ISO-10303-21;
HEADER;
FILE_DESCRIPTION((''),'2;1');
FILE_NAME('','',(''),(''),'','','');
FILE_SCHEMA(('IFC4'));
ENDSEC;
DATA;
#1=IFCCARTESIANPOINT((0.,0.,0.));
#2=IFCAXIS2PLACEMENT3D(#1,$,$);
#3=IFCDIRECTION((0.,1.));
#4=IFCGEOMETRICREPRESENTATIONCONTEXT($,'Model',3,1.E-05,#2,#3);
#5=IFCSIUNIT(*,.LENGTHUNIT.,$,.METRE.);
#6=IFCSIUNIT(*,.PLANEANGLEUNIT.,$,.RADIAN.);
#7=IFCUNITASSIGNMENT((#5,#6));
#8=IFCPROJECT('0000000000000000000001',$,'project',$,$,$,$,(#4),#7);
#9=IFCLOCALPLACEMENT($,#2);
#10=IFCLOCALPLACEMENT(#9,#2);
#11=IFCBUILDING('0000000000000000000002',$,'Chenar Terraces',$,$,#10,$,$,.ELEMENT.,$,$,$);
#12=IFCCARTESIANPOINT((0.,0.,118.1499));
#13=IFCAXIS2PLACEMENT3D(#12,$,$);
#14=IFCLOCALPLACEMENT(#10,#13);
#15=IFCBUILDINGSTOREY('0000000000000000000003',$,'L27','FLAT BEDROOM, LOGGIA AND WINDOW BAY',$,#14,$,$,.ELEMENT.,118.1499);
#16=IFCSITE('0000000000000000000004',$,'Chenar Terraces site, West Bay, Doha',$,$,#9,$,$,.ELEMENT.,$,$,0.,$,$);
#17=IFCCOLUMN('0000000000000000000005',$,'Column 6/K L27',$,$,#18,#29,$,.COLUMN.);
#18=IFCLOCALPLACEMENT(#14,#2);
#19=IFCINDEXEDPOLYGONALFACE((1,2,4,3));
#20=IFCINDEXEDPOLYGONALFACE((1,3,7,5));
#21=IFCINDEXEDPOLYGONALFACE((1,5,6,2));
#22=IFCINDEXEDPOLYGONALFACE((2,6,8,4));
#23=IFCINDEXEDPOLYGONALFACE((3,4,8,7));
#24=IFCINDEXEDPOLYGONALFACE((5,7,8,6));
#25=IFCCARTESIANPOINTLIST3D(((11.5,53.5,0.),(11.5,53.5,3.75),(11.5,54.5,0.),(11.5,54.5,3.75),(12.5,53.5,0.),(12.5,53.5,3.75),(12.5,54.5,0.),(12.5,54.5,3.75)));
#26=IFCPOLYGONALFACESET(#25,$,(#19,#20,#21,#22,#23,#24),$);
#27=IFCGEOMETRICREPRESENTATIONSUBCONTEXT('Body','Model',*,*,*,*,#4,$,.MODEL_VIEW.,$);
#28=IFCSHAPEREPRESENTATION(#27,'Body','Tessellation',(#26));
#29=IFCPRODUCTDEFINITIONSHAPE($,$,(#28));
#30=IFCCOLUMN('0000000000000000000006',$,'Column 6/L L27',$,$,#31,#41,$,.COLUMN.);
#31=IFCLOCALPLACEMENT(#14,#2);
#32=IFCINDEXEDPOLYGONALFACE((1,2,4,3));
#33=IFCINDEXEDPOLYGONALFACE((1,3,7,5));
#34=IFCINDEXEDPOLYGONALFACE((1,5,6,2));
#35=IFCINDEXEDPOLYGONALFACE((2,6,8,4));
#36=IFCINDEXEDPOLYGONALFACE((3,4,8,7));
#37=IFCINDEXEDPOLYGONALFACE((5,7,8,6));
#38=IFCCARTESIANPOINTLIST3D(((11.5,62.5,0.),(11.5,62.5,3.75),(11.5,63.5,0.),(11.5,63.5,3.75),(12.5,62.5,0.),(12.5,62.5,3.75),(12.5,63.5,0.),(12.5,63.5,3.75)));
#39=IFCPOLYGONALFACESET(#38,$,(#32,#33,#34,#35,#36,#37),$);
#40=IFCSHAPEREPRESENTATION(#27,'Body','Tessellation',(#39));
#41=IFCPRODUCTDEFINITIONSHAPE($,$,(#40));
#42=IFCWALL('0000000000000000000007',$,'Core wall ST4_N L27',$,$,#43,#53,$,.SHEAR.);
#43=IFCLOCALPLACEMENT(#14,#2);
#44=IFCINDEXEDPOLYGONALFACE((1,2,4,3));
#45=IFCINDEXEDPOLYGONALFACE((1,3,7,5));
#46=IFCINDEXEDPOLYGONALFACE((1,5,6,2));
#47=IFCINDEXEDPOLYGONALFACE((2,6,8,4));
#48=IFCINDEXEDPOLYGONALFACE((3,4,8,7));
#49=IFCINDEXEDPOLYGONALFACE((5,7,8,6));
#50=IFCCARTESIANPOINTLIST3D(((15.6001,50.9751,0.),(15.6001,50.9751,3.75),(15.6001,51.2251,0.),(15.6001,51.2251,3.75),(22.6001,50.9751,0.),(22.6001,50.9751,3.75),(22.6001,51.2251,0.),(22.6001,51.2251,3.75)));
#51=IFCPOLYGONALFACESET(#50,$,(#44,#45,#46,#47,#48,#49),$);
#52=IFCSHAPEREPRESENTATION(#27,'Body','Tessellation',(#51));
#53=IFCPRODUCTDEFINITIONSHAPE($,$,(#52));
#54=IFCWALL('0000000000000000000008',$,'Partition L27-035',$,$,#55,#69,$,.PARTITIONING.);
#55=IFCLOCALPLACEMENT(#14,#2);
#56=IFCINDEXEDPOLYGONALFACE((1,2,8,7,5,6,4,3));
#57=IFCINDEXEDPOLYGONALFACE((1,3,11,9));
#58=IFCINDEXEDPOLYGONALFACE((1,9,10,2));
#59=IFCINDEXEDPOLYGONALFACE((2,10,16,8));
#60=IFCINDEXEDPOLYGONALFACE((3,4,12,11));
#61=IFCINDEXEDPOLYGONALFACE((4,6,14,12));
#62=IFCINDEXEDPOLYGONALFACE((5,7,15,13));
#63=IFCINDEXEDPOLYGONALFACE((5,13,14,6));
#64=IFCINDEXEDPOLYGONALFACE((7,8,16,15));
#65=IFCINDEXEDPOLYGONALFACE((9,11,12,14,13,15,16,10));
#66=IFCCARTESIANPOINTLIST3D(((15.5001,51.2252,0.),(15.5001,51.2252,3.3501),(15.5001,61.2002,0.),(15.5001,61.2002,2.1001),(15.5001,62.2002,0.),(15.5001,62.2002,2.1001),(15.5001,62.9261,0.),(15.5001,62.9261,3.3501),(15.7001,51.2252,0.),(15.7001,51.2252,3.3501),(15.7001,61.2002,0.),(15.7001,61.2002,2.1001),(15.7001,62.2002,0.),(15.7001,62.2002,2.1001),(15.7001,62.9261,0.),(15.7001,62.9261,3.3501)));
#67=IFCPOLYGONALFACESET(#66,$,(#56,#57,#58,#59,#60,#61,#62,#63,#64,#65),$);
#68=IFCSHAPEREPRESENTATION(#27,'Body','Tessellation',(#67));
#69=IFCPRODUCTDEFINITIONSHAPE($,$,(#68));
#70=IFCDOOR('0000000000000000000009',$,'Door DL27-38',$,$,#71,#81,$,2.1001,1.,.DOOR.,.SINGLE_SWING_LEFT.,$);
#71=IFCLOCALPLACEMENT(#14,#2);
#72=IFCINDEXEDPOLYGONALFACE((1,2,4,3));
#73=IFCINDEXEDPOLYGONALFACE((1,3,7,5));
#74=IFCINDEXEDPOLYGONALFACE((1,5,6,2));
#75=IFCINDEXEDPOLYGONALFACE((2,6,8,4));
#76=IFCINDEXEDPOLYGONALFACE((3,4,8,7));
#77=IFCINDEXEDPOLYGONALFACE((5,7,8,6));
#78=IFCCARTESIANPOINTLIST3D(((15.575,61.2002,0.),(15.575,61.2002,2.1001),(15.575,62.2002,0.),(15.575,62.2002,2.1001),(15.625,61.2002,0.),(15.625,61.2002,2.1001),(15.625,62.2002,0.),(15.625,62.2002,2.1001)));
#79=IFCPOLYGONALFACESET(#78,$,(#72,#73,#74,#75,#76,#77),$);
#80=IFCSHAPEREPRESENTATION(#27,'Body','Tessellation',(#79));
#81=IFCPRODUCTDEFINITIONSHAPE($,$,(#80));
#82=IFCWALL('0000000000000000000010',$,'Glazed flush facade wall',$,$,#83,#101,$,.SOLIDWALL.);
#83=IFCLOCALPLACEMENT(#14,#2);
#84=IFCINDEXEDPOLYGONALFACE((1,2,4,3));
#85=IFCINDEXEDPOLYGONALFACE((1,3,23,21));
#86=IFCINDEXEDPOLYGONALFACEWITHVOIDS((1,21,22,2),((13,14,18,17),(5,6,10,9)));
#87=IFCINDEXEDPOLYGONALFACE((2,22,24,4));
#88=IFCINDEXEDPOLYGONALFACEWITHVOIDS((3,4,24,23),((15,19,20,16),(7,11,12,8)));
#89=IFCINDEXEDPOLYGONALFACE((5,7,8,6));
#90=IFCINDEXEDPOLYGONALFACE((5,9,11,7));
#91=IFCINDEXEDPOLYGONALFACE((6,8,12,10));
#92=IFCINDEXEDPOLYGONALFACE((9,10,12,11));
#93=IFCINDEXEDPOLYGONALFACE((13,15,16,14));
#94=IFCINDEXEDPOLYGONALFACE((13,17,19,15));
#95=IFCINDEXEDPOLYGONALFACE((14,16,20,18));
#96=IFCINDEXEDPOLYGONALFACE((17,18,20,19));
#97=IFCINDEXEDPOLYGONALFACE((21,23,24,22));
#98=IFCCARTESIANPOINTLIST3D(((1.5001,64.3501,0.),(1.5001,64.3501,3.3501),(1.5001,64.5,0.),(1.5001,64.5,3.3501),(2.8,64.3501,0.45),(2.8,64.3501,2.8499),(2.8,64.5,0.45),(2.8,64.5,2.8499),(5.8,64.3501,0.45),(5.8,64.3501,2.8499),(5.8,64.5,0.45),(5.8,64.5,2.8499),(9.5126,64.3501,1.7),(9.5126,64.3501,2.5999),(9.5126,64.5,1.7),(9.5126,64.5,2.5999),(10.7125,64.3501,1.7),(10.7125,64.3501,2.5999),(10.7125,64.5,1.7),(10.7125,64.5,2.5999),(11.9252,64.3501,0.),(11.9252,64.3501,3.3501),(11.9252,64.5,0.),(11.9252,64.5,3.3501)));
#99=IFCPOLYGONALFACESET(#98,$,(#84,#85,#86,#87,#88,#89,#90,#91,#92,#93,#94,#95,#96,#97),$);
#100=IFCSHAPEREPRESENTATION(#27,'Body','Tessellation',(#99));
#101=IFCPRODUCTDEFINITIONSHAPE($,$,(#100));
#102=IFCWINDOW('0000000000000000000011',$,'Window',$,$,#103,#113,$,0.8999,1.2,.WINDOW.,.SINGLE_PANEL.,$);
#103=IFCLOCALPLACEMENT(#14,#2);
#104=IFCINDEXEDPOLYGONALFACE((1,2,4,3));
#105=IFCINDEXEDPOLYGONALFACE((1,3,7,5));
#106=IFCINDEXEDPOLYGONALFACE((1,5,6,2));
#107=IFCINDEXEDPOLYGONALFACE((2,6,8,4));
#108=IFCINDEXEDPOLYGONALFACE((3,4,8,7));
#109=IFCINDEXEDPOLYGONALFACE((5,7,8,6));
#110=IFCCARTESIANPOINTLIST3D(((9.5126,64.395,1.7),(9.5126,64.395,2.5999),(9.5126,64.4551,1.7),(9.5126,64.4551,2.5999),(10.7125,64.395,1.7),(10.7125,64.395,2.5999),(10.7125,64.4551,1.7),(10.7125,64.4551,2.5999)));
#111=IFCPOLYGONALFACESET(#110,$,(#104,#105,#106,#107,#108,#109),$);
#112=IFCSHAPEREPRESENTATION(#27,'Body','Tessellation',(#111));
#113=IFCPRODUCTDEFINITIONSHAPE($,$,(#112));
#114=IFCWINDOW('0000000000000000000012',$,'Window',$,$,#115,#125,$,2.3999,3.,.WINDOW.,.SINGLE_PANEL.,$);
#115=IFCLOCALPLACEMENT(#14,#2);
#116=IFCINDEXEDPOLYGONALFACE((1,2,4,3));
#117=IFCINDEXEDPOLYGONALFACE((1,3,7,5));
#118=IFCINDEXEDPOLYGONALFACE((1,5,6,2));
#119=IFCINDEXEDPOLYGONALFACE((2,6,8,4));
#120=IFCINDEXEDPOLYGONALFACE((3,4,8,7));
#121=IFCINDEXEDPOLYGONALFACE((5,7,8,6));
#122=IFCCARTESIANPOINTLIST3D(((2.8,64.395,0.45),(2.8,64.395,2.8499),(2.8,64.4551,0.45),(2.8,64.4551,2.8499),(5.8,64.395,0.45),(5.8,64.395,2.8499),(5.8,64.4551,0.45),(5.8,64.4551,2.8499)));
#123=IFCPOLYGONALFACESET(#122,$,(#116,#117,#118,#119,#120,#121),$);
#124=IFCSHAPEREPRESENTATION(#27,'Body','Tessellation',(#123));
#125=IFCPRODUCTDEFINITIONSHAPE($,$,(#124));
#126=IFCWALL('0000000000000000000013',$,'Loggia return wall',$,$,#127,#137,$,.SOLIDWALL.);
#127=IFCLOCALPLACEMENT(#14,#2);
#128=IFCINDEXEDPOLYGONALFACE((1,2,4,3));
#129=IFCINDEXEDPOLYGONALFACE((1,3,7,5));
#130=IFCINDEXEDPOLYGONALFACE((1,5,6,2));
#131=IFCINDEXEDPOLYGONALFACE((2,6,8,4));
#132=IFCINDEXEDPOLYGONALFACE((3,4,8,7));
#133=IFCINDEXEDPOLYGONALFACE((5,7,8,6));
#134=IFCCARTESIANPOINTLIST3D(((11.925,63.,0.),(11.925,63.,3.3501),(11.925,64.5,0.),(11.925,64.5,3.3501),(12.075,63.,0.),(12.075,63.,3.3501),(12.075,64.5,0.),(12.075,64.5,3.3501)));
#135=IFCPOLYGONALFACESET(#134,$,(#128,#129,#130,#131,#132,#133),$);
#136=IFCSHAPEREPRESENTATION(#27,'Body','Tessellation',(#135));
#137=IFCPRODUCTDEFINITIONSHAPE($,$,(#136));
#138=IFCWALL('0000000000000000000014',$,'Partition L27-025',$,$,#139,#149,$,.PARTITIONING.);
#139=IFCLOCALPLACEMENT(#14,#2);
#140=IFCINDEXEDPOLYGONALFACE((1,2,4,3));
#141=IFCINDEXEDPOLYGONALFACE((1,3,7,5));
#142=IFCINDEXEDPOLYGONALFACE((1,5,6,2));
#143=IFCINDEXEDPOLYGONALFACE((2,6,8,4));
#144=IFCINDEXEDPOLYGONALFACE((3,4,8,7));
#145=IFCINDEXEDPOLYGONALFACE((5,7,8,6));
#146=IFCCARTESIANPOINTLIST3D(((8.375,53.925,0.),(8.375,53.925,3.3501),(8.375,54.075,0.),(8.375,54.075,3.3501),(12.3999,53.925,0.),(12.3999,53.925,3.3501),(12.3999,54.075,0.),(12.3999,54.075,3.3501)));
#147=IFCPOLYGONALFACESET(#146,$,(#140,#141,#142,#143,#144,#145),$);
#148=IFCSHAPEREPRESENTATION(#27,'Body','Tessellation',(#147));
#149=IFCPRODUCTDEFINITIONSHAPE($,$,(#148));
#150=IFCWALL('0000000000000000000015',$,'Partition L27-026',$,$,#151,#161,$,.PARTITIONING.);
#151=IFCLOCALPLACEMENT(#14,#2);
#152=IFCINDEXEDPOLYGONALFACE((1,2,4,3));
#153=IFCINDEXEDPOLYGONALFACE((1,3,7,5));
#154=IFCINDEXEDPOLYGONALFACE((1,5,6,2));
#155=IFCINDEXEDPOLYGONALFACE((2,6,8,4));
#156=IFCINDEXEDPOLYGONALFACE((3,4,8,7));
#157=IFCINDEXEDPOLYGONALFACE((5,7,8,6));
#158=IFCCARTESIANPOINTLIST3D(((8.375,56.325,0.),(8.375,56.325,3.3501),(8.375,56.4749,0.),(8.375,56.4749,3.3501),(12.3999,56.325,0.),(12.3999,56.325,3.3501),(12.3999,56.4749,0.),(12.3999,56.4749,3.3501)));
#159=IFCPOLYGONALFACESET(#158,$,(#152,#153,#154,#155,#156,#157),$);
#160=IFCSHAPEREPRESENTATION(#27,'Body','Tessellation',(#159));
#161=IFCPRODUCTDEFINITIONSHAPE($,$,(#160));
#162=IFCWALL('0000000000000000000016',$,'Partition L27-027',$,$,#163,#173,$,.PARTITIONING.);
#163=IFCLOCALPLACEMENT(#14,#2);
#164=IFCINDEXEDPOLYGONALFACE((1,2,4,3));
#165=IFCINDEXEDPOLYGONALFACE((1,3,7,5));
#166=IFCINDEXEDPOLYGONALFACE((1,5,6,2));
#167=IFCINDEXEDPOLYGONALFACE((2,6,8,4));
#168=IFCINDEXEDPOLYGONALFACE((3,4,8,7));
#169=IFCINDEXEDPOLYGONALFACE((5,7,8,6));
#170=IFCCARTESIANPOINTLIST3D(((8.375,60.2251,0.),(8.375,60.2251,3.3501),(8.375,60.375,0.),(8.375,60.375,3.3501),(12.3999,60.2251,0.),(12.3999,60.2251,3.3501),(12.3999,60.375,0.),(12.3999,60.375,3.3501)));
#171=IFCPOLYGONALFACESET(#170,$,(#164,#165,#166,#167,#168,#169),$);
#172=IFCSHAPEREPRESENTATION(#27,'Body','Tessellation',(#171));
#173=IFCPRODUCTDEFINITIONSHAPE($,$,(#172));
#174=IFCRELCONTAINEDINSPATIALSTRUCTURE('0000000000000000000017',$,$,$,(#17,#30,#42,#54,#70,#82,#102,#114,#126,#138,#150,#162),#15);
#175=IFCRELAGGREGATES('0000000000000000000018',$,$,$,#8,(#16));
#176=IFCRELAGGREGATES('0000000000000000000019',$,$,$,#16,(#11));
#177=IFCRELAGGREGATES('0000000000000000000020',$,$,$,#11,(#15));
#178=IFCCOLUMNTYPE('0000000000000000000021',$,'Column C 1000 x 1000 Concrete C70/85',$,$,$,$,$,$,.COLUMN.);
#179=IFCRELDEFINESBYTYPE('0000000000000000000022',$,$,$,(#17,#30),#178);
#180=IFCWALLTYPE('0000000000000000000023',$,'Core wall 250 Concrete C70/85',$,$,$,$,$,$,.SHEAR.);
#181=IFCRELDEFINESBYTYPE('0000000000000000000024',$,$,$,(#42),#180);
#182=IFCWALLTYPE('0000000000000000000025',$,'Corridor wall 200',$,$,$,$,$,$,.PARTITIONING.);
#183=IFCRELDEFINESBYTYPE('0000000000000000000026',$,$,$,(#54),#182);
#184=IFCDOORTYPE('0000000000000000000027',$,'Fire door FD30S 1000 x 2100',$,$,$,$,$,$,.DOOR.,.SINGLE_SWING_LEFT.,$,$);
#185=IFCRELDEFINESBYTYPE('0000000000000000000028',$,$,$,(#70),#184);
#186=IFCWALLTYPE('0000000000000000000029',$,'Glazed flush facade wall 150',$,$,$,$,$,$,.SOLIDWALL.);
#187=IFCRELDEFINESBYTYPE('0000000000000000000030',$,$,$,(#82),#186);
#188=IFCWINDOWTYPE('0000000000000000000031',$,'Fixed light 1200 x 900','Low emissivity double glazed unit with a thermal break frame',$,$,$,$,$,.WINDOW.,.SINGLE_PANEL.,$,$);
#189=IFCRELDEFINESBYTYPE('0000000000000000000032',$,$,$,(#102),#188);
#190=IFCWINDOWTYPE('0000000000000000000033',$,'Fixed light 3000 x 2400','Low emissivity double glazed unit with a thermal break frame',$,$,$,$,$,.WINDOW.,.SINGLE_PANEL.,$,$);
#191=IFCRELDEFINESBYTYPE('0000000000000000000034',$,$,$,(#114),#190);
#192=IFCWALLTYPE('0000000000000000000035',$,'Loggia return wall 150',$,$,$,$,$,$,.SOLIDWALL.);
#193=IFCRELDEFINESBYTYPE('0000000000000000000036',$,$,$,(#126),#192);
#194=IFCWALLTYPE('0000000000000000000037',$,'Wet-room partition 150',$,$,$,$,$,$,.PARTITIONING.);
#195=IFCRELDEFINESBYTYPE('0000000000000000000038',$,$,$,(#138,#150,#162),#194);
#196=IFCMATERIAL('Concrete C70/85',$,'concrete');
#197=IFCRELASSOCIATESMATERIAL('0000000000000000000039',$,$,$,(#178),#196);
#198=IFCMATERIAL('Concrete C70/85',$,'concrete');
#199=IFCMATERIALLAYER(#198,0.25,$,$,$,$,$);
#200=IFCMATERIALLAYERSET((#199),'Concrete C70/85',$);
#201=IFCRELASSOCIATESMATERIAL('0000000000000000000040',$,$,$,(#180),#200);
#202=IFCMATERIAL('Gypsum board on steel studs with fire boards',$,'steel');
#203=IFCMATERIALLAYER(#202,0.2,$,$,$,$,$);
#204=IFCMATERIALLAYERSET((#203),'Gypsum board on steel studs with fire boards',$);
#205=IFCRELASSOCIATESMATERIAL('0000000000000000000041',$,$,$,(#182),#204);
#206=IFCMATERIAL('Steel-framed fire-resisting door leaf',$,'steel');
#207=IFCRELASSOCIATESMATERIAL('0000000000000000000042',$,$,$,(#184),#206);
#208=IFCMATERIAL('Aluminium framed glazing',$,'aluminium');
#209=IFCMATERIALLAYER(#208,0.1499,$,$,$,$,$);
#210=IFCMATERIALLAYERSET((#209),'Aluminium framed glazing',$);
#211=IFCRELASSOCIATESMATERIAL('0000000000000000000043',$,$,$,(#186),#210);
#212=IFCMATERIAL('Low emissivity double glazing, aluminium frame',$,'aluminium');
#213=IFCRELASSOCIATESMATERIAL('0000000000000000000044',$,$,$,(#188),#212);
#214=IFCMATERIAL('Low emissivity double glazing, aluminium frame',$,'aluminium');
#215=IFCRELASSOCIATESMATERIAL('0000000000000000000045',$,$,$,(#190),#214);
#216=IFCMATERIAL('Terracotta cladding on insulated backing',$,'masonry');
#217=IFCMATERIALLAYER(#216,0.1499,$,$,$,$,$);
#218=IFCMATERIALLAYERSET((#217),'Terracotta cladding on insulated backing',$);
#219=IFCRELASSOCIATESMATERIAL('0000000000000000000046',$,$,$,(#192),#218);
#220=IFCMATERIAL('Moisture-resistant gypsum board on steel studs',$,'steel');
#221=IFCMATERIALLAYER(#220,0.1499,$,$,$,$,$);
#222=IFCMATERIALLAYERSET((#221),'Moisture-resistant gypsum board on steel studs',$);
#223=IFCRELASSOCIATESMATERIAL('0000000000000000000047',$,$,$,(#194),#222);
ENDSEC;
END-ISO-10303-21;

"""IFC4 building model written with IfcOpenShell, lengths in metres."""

from ifc_helpers import new_model, si_unit, direction, frame, frame_2d, origin, origin_2d, place, context, subcontext, project, spatial, rectangle, extrude, material, layer, layer_set, material_profile, profile_set, type_object, element, fill, save


model = new_model("IFC4")

# Units and contexts
model_context = context("Model", 3, precision=1e-05, world=origin(), true_north=direction((0.0, 1.0)))
body_context = subcontext(model_context, "Body", "Model", "MODEL_VIEW")
ifc_project = project(units=[si_unit("LENGTHUNIT", "METRE"), si_unit("PLANEANGLEUNIT", "RADIAN")], contexts=[model_context])

# Site, building, storey
site_placement = place(None, origin())
site = spatial("IfcSite", under=ifc_project, at=site_placement, Name="Chenar Terraces site, West Bay, Doha", CompositionType="ELEMENT", RefElevation=0.0)
building_placement = place(site_placement, origin())
building = spatial("IfcBuilding", under=site, at=building_placement, Name="Chenar Terraces", CompositionType="ELEMENT")
storey_placement = place(building_placement, frame((0.0, 0.0, 118.1499)))
storey = spatial("IfcBuildingStorey", under=building, at=storey_placement, Name="L27", Description="FLAT BEDROOM, LOGGIA AND WINDOW BAY", CompositionType="ELEMENT", Elevation=118.1499)

# Columns
ifc_material_1 = material(Name="Concrete C70/85", Category="concrete")
ifc_material_profile = material_profile(ifc_material_1, rectangle(XDim=1.0, YDim=1.0, at=origin_2d()), Name="C 1000 x 1000")
ifc_profile_set = profile_set([ifc_material_profile], Name="Concrete C70/85")
column_type = type_object("IfcColumnType", Name="Column C 1000 x 1000 Concrete C70/85", PredefinedType="COLUMN", material=ifc_profile_set)
for number, where, z_axis, x_axis, name in (
    (1, (12.0, 54.0, 0.0), (0.0, 0.0, 1.0), (1.0, 0.0, 0.0), "Column 6/K L27"),
    (2, (12.0, 63.0, 0.0), (0.0, 0.0, 1.0), (1.0, 0.0, 0.0), "Column 6/L L27"),
):
    element("IfcColumn", number, at=place(storey_placement, frame(where, z_axis=z_axis, x_axis=x_axis)), inside=storey, type_object=column_type, Name=name, PredefinedType="COLUMN", context=body_context, shape_type="SweptSolid", body=[
        extrude(rectangle(XDim=1.0, YDim=1.0, at=origin_2d()), origin(), (0.0, 0.0, 1.0), 3.75),
    ])

# Wall
ifc_material_2 = material(Name="Concrete C70/85", Category="concrete")
ifc_layer_1 = layer(ifc_material_2, 0.25)
ifc_layer_set_1 = layer_set([ifc_layer_1], Name="Concrete C70/85")
wall_type_1 = type_object("IfcWallType", Name="Core wall 250 Concrete C70/85", PredefinedType="SHEAR", material=ifc_layer_set_1)
wall_1_placement = place(storey_placement, frame((15.6001, 51.1001, 0.0), z_axis=(0.0, 0.0, 1.0), x_axis=(1.0, 0.0, 0.0)))
element("IfcWall", 3, at=wall_1_placement, inside=storey, type_object=wall_type_1, Name="Core wall ST4_N L27", PredefinedType="SHEAR", context=body_context, shape_type="SweptSolid", body=[
    extrude(rectangle(XDim=7.0, YDim=0.25, at=frame_2d((3.5, 0.0))), origin(), (0.0, 0.0, 1.0), 3.75),
])

# Wall, opening, door
ifc_material_3 = material(Name="Gypsum board on steel studs with fire boards", Category="steel")
ifc_layer_2 = layer(ifc_material_3, 0.2)
ifc_layer_set_2 = layer_set([ifc_layer_2], Name="Gypsum board on steel studs with fire boards")
wall_type_2 = type_object("IfcWallType", Name="Corridor wall 200", PredefinedType="PARTITIONING", material=ifc_layer_set_2)
wall_2_placement = place(storey_placement, frame((15.6001, 51.2251, 0.0), z_axis=(0.0, 0.0, 1.0), x_axis=(0.0, 1.0, 0.0)))
wall_2 = element("IfcWall", 4, at=wall_2_placement, inside=storey, type_object=wall_type_2, Name="Partition L27-035", PredefinedType="PARTITIONING", context=body_context, shape_type="SweptSolid", body=[
    extrude(rectangle(XDim=11.7009, YDim=0.2, at=frame_2d((5.8506, 0.0))), origin(), (0.0, 0.0, 1.0), 3.3501),
])
opening_1_placement = place(wall_2_placement, frame((9.9751, 0.0, 0.0)))
opening_1 = element("IfcOpeningElement", 5, at=opening_1_placement, cuts=wall_2, PredefinedType="OPENING", context=body_context, shape_type="SweptSolid", body=[
    extrude(rectangle(XDim=1.0, YDim=2.1001, at=frame_2d((0.5, 1.05))), frame((0.0, 0.1099, 0.0), z_axis=(0.0, -1.0, 0.0), x_axis=(1.0, 0.0, 0.0)), (0.0, 0.0, 1.0), 0.22),
])
ifc_material_4 = material(Name="Steel-framed fire-resisting door leaf", Category="steel")
door_type = type_object("IfcDoorType", Name="Fire door FD30S 1000 x 2100", OperationType="SINGLE_SWING_LEFT", PredefinedType="DOOR", material=ifc_material_4)
door_placement = place(opening_1_placement, frame((1.0, 0.0, 0.0), z_axis=(0.0, 0.0, 1.0), x_axis=(-1.0, 0.0, 0.0)))
door = element("IfcDoor", 6, at=door_placement, inside=storey, type_object=door_type, Name="Door DL27-38", OperationType="SINGLE_SWING_LEFT", OverallHeight=2.1001, OverallWidth=1.0, PredefinedType="DOOR", context=body_context, shape_type="SweptSolid", body=[
    extrude(rectangle(XDim=1.0, YDim=2.1001, at=frame_2d((0.5, 1.05))), frame((0.0, 0.0249, 0.0), z_axis=(0.0, -1.0, 0.0), x_axis=(1.0, 0.0, 0.0)), (0.0, 0.0, 1.0), 0.05),
])
fill(opening_1, door)

# Wall, openings, windows
ifc_material_5 = material(Name="Aluminium framed glazing", Category="aluminium")
ifc_layer_3 = layer(ifc_material_5, 0.1499)
ifc_layer_set_3 = layer_set([ifc_layer_3], Name="Aluminium framed glazing")
wall_type_3 = type_object("IfcWallType", Name="Glazed flush facade wall 150", PredefinedType="SOLIDWALL", material=ifc_layer_set_3)
wall_3_placement = place(storey_placement, frame((11.925, 64.425, 0.0), z_axis=(0.0, 0.0, 1.0), x_axis=(-1.0, 0.0, 0.0)))
wall_3 = element("IfcWall", 7, at=wall_3_placement, inside=storey, type_object=wall_type_3, Name="Glazed flush facade wall", PredefinedType="SOLIDWALL", context=body_context, shape_type="SweptSolid", body=[
    extrude(rectangle(XDim=10.425, YDim=0.1499, at=frame_2d((5.2124, 0.0))), origin(), (0.0, 0.0, 1.0), 3.3501),
])
opening_2_placement = place(wall_3_placement, frame((1.2124, 0.0, 1.7)))
opening_2 = element("IfcOpeningElement", 8, at=opening_2_placement, cuts=wall_3, PredefinedType="OPENING", context=body_context, shape_type="SweptSolid", body=[
    extrude(rectangle(XDim=1.2, YDim=0.8999, at=frame_2d((0.6001, 0.45))), frame((0.0, 0.085, 0.0), z_axis=(0.0, -1.0, 0.0), x_axis=(1.0, 0.0, 0.0)), (0.0, 0.0, 1.0), 0.1699),
])
opening_3_placement = place(wall_3_placement, frame((6.125, 0.0, 0.45)))
opening_3 = element("IfcOpeningElement", 9, at=opening_3_placement, cuts=wall_3, PredefinedType="OPENING", context=body_context, shape_type="SweptSolid", body=[
    extrude(rectangle(XDim=3.0, YDim=2.3999, at=frame_2d((1.5, 1.2))), frame((0.0, 0.085, 0.0), z_axis=(0.0, -1.0, 0.0), x_axis=(1.0, 0.0, 0.0)), (0.0, 0.0, 1.0), 0.1699),
])
ifc_material_6 = material(Name="Low emissivity double glazing, aluminium frame", Category="aluminium")
window_type_1 = type_object("IfcWindowType", Name="Fixed light 1200 x 900", Description="Low emissivity double glazed unit with a thermal break frame", PartitioningType="SINGLE_PANEL", PredefinedType="WINDOW", material=ifc_material_6)
window_1_placement = place(opening_2_placement, origin())
window_1 = element("IfcWindow", 10, at=window_1_placement, inside=storey, type_object=window_type_1, Name="Window", OverallHeight=0.8999, OverallWidth=1.2, PartitioningType="SINGLE_PANEL", PredefinedType="WINDOW", context=body_context, shape_type="SweptSolid", body=[
    extrude(rectangle(XDim=1.2, YDim=0.8999, at=frame_2d((0.6001, 0.45))), frame((0.0, 0.03, 0.0), z_axis=(0.0, -1.0, 0.0), x_axis=(1.0, 0.0, 0.0)), (0.0, 0.0, 1.0), 0.0601),
])
fill(opening_2, window_1)
ifc_material_7 = material(Name="Low emissivity double glazing, aluminium frame", Category="aluminium")
window_type_2 = type_object("IfcWindowType", Name="Fixed light 3000 x 2400", Description="Low emissivity double glazed unit with a thermal break frame", PartitioningType="SINGLE_PANEL", PredefinedType="WINDOW", material=ifc_material_7)
window_2_placement = place(opening_3_placement, origin())
window_2 = element("IfcWindow", 11, at=window_2_placement, inside=storey, type_object=window_type_2, Name="Window", OverallHeight=2.3999, OverallWidth=3.0, PartitioningType="SINGLE_PANEL", PredefinedType="WINDOW", context=body_context, shape_type="SweptSolid", body=[
    extrude(rectangle(XDim=3.0, YDim=2.3999, at=frame_2d((1.5, 1.2))), frame((0.0, 0.03, 0.0), z_axis=(0.0, -1.0, 0.0), x_axis=(1.0, 0.0, 0.0)), (0.0, 0.0, 1.0), 0.0601),
])
fill(opening_3, window_2)

# Walls
ifc_material_8 = material(Name="Terracotta cladding on insulated backing", Category="masonry")
ifc_layer_4 = layer(ifc_material_8, 0.1499)
ifc_layer_set_4 = layer_set([ifc_layer_4], Name="Terracotta cladding on insulated backing")
wall_type_4 = type_object("IfcWallType", Name="Loggia return wall 150", PredefinedType="SOLIDWALL", material=ifc_layer_set_4)
wall_4_placement = place(storey_placement, frame((12.0, 64.5, 0.0), z_axis=(0.0, 0.0, 1.0), x_axis=(0.0, -1.0, 0.0)))
element("IfcWall", 12, at=wall_4_placement, inside=storey, type_object=wall_type_4, Name="Loggia return wall", PredefinedType="SOLIDWALL", context=body_context, shape_type="SweptSolid", body=[
    extrude(rectangle(XDim=1.5, YDim=0.1499, at=frame_2d((0.75, 0.0))), origin(), (0.0, 0.0, 1.0), 3.3501),
])
ifc_material_9 = material(Name="Moisture-resistant gypsum board on steel studs", Category="steel")
ifc_layer_5 = layer(ifc_material_9, 0.1499)
ifc_layer_set_5 = layer_set([ifc_layer_5], Name="Moisture-resistant gypsum board on steel studs")
wall_type_5 = type_object("IfcWallType", Name="Wet-room partition 150", PredefinedType="PARTITIONING", material=ifc_layer_set_5)
for number, where, z_axis, x_axis, name in (
    (13, (8.375, 54.0, 0.0), (0.0, 0.0, 1.0), (1.0, 0.0, 0.0), "Partition L27-025"),
    (14, (8.375, 56.3999, 0.0), (0.0, 0.0, 1.0), (1.0, 0.0, 0.0), "Partition L27-026"),
    (15, (8.375, 60.3, 0.0), (0.0, 0.0, 1.0), (1.0, 0.0, 0.0), "Partition L27-027"),
):
    element("IfcWall", number, at=place(storey_placement, frame(where, z_axis=z_axis, x_axis=x_axis)), inside=storey, type_object=wall_type_5, Name=name, PredefinedType="PARTITIONING", context=body_context, shape_type="SweptSolid", body=[
        extrude(rectangle(XDim=4.0249, YDim=0.1499, at=frame_2d((2.0125, 0.0))), origin(), (0.0, 0.0, 1.0), 3.3501),
    ])

save(model, "model.ifc")
